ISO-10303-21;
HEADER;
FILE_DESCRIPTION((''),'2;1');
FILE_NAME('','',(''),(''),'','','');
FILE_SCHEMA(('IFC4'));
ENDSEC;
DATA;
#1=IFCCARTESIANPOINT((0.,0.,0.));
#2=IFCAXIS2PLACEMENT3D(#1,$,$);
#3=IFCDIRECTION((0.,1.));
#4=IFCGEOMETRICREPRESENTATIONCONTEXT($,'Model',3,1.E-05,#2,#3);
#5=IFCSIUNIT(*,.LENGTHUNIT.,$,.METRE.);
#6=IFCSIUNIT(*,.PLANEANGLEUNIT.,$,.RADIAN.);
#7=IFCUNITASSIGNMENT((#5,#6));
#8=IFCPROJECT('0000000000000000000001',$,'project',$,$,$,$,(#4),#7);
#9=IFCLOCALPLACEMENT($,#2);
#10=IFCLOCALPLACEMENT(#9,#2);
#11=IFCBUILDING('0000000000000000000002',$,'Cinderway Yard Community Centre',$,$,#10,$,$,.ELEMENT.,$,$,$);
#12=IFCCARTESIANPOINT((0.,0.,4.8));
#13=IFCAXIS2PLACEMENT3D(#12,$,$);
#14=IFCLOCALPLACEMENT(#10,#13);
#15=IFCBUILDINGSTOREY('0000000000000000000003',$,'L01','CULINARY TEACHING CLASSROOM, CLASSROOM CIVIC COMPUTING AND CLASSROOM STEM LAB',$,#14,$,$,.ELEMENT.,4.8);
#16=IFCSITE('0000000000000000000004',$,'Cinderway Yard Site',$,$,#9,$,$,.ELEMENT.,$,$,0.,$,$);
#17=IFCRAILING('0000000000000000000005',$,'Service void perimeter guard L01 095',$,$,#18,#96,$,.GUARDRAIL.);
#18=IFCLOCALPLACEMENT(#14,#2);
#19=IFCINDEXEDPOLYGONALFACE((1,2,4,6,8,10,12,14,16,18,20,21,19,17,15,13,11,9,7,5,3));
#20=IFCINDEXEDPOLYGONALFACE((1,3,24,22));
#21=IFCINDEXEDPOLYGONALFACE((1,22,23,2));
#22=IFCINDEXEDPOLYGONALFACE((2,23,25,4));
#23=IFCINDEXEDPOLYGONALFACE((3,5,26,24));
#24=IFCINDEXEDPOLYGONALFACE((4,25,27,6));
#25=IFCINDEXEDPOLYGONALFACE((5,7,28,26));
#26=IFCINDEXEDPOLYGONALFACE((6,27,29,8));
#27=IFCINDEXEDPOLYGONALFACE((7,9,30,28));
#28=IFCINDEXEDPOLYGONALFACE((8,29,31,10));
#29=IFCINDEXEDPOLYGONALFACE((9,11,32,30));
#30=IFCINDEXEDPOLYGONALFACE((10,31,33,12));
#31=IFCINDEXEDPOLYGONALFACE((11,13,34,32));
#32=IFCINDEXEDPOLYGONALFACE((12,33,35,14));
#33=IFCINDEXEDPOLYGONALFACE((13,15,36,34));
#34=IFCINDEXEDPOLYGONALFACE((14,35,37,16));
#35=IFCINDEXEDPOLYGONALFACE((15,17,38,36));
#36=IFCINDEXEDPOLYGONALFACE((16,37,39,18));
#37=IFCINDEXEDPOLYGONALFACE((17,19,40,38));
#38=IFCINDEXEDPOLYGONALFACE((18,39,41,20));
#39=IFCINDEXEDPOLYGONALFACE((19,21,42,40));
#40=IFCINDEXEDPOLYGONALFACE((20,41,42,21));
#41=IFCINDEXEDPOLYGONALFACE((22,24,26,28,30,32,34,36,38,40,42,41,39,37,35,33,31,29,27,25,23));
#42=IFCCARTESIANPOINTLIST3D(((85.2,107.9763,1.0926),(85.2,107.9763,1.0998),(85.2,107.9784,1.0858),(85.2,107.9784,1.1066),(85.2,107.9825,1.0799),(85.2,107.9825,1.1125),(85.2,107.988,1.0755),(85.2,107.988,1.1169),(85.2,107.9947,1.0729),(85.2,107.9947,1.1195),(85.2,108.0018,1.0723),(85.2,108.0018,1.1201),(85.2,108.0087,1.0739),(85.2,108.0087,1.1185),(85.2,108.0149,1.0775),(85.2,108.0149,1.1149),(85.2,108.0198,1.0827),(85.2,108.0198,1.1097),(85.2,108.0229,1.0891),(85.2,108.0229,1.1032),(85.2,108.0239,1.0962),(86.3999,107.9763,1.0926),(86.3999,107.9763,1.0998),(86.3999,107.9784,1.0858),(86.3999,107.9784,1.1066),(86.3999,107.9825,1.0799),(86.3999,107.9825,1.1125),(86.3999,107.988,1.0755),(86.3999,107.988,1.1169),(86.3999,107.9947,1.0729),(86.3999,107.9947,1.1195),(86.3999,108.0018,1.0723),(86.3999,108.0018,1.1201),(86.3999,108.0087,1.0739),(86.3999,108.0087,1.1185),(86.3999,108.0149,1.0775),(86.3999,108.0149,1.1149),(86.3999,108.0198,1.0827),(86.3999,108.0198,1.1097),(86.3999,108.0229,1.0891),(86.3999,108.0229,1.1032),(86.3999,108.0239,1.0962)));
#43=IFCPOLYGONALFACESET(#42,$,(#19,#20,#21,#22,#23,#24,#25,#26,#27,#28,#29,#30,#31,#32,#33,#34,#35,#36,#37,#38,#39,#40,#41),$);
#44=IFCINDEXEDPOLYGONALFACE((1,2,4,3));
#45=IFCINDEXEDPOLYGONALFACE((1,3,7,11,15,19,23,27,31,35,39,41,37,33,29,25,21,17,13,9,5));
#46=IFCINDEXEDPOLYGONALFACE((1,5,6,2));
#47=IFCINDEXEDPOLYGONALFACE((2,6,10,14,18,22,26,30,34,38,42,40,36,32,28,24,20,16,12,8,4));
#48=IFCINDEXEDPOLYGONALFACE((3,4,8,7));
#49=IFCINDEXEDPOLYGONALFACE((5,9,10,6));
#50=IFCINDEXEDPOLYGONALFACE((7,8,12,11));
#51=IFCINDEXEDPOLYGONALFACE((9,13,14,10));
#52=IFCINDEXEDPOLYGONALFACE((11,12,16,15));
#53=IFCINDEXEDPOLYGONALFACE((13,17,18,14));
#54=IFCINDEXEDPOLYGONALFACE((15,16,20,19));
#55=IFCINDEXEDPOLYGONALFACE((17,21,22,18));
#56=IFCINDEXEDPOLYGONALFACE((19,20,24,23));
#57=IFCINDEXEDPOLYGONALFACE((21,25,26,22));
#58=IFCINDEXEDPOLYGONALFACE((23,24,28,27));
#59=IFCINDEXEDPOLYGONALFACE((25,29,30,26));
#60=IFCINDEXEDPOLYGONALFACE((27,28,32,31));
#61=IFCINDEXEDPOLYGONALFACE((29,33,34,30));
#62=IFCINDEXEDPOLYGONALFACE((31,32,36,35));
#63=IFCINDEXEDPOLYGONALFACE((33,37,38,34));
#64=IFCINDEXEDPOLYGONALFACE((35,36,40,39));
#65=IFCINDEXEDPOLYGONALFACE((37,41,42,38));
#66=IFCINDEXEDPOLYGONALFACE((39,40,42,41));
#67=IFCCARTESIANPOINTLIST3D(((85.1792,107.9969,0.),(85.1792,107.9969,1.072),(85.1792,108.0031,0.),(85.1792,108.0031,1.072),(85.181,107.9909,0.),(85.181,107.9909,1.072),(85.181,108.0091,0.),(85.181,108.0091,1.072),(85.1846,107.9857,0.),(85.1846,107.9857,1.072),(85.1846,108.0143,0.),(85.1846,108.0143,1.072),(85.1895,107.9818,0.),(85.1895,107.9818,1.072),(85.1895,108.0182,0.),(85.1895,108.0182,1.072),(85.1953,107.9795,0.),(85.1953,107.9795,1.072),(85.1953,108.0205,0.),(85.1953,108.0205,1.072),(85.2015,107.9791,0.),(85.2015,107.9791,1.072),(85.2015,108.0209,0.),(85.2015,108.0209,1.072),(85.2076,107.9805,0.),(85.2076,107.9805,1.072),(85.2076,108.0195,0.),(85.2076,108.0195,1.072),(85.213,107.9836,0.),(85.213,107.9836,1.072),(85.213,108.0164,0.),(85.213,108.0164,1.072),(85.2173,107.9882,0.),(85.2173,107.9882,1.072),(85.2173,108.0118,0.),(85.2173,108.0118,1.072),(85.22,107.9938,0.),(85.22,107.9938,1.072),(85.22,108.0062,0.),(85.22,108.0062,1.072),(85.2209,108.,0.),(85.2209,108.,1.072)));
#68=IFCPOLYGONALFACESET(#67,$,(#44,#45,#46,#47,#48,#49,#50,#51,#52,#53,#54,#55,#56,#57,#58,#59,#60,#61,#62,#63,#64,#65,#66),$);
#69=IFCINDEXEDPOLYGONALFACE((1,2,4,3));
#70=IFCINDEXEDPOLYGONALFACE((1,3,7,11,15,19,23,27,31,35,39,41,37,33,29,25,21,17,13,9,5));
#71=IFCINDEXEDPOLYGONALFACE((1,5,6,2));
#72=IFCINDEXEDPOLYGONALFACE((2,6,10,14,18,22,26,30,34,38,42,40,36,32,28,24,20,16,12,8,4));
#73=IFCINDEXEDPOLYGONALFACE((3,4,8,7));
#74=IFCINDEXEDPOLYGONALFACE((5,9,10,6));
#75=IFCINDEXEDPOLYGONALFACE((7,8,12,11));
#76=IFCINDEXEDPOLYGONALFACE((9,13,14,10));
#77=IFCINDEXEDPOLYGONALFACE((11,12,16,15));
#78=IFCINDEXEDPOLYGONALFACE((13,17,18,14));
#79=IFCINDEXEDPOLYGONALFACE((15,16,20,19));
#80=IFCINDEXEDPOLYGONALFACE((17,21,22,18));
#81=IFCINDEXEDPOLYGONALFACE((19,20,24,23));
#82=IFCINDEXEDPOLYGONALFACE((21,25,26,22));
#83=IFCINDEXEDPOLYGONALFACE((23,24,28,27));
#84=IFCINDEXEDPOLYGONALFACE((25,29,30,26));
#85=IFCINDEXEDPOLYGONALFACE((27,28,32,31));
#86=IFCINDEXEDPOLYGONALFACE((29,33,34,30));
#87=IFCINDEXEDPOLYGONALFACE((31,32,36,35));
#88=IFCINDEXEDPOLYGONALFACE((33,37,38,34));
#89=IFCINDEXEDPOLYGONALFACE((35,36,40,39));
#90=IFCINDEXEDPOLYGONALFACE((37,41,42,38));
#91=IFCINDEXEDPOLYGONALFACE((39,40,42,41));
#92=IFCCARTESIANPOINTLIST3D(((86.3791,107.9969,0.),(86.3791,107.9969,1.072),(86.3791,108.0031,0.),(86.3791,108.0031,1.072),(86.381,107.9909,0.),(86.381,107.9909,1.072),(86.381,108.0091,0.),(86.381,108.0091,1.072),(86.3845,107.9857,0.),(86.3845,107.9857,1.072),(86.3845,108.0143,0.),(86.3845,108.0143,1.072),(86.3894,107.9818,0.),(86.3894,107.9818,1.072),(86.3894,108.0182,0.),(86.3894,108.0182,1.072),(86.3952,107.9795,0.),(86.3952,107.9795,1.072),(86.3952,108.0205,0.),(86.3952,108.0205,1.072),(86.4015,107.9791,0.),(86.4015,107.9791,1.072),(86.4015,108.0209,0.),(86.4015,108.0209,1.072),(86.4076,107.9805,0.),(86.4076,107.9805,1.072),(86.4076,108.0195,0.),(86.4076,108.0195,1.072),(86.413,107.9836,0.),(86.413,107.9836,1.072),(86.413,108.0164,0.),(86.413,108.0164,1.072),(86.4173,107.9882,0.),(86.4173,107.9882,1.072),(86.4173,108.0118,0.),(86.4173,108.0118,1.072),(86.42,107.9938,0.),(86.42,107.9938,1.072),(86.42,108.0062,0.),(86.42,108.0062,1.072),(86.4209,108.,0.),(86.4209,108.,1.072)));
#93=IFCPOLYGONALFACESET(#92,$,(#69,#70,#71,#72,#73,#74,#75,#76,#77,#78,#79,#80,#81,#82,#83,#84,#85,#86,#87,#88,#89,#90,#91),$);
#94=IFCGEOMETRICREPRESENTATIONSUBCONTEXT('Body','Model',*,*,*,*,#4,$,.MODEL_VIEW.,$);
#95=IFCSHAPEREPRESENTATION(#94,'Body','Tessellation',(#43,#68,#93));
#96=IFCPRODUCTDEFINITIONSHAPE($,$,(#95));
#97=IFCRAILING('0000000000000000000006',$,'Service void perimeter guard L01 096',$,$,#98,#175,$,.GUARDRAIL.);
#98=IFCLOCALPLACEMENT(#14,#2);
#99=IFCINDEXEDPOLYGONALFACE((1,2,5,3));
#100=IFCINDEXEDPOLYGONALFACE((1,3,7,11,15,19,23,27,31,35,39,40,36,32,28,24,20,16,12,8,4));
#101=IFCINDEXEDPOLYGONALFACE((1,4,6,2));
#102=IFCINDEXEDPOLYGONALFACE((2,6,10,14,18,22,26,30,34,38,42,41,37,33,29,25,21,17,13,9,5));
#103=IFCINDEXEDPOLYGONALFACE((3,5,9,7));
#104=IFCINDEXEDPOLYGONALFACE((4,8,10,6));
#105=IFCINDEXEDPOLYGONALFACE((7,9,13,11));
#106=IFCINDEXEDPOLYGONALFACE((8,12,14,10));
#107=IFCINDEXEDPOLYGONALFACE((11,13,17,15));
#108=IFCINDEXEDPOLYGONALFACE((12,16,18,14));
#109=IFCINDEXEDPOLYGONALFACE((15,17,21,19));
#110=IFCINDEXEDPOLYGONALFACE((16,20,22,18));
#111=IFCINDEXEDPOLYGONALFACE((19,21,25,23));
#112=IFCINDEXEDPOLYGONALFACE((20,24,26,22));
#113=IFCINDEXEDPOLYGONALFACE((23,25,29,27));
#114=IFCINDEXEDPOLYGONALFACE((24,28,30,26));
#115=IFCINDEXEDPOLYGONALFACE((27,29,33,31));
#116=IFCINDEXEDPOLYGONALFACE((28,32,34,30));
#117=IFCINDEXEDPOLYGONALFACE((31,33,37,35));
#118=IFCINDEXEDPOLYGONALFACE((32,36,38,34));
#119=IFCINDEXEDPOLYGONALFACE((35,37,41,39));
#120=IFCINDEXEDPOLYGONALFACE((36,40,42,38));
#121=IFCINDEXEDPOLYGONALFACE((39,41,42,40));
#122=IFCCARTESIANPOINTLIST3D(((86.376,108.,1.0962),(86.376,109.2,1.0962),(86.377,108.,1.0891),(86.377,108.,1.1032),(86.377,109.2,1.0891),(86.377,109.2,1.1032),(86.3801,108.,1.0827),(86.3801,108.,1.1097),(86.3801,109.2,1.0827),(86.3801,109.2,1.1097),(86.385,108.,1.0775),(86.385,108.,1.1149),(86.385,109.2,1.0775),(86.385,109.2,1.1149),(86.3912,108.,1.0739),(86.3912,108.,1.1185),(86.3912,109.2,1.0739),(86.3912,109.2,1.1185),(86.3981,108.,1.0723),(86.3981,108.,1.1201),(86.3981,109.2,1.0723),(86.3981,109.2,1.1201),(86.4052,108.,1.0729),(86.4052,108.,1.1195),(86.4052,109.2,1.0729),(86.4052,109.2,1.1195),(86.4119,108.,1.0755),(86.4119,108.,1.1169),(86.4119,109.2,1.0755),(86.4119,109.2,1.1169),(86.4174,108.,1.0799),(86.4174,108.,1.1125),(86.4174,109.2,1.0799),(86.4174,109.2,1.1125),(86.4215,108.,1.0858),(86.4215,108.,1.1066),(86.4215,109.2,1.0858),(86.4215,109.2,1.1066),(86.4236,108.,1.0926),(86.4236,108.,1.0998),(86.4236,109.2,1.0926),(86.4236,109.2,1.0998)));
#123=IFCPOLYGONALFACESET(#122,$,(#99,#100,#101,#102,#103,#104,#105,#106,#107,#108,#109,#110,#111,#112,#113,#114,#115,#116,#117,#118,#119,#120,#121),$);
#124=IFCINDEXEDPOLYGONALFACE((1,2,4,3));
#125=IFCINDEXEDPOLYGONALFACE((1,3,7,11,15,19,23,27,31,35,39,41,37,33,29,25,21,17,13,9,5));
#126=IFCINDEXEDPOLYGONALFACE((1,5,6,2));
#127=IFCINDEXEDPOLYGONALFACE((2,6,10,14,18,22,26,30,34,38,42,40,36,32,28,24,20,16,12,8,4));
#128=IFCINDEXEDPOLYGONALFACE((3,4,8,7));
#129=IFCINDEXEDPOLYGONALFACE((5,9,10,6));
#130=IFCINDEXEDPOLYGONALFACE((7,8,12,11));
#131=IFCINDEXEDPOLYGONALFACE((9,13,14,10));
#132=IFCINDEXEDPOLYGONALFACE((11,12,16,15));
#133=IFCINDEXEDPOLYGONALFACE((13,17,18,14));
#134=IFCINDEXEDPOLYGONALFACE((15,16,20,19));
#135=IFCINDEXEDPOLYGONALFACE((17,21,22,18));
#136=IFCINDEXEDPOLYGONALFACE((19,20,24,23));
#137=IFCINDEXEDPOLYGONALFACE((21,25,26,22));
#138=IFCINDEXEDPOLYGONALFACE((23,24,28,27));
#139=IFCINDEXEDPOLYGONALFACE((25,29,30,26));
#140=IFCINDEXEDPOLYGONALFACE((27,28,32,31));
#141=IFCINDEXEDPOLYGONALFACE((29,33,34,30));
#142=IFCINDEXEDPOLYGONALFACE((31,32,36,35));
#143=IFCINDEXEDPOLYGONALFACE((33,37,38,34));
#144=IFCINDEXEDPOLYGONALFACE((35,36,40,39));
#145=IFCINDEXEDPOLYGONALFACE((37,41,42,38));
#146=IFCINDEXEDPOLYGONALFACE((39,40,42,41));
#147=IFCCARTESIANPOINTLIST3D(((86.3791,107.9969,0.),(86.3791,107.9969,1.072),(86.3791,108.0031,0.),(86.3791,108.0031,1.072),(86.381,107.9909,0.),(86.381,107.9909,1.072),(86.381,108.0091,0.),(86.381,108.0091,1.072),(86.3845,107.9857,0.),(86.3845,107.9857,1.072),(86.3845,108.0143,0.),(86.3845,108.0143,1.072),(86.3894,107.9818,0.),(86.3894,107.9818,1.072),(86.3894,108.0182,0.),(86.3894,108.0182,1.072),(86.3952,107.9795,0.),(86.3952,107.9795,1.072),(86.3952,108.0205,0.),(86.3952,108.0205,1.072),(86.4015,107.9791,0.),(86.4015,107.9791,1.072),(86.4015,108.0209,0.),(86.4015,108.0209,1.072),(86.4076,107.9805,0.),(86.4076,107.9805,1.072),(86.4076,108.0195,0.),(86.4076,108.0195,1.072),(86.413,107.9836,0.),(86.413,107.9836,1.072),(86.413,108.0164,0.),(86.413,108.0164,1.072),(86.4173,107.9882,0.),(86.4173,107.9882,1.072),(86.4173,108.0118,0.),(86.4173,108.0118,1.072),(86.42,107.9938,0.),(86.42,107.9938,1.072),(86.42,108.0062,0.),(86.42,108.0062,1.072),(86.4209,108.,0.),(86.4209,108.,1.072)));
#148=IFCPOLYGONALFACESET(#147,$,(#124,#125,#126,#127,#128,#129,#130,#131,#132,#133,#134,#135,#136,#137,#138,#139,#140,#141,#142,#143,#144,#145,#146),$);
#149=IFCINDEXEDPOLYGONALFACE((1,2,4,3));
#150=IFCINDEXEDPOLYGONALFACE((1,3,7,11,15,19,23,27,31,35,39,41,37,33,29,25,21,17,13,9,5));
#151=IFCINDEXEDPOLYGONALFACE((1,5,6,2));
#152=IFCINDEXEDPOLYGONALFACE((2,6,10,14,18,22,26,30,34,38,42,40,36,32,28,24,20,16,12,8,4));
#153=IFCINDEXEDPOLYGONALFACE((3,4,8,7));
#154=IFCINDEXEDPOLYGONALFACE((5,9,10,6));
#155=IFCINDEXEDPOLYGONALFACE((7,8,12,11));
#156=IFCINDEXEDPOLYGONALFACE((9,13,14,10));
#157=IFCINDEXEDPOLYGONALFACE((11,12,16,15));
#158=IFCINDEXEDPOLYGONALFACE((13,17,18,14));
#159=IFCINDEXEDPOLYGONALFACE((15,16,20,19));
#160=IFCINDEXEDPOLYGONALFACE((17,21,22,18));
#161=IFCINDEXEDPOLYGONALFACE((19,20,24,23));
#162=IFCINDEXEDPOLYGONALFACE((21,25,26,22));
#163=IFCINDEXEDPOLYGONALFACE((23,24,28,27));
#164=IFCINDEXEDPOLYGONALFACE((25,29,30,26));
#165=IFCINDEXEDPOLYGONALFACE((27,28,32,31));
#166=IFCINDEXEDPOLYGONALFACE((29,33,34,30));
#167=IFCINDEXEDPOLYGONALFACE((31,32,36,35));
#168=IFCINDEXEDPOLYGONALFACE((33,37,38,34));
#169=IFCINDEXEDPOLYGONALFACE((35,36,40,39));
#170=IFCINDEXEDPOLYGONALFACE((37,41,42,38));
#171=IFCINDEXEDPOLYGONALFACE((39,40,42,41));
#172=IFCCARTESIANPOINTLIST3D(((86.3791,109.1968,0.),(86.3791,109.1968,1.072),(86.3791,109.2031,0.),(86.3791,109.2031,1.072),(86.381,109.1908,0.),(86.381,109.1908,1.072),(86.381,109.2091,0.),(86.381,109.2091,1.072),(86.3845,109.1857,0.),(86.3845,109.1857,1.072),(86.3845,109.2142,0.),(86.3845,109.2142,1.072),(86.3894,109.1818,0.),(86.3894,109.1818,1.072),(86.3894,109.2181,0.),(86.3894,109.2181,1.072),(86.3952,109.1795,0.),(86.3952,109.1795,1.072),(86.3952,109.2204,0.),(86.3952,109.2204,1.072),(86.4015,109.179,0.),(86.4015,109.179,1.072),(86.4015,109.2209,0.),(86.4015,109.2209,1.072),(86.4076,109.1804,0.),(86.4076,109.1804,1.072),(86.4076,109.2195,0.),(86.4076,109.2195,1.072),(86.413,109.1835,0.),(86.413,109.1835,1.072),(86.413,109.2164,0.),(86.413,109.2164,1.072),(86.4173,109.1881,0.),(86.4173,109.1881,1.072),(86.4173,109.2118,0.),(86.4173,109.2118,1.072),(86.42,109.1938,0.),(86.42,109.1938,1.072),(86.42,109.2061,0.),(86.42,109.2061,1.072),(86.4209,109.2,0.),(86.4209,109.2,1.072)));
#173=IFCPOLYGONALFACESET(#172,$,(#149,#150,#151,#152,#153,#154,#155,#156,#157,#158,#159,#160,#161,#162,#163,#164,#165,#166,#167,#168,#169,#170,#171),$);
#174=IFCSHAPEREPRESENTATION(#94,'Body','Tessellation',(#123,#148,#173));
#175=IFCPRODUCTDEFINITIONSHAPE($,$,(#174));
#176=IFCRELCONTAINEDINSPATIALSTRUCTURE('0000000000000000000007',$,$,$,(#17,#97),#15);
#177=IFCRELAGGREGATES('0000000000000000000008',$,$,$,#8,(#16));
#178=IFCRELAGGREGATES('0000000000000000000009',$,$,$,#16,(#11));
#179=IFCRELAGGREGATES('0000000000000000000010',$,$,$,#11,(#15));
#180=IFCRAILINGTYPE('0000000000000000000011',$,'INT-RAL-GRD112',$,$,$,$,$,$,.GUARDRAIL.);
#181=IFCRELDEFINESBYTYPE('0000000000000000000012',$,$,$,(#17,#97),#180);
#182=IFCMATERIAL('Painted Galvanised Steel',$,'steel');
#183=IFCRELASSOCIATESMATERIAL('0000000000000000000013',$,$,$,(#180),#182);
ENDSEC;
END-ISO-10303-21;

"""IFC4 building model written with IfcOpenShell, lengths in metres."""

from ifc_helpers import new_model, si_unit, direction, frame, origin, origin_2d, place, context, subcontext, project, spatial, circle, extrude, material, type_object, element, save


model = new_model("IFC4")

# Units and contexts
model_context = context("Model", 3, precision=1e-05, world=origin(), true_north=direction((0.0, 1.0)))
body_context = subcontext(model_context, "Body", "Model", "MODEL_VIEW")
ifc_project = project(units=[si_unit("LENGTHUNIT", "METRE"), si_unit("PLANEANGLEUNIT", "RADIAN")], contexts=[model_context])

# Site, building, storey
site_placement = place(None, origin())
site = spatial("IfcSite", under=ifc_project, at=site_placement, Name="Cinderway Yard Site", CompositionType="ELEMENT", RefElevation=0.0)
building_placement = place(site_placement, origin())
building = spatial("IfcBuilding", under=site, at=building_placement, Name="Cinderway Yard Community Centre", CompositionType="ELEMENT")
storey_placement = place(building_placement, frame((0.0, 0.0, 4.8)))
storey = spatial("IfcBuildingStorey", under=building, at=storey_placement, Name="L01", Description="CULINARY TEACHING CLASSROOM, CLASSROOM CIVIC COMPUTING AND CLASSROOM STEM LAB", CompositionType="ELEMENT", Elevation=4.8)

# Shared definitions
ifc_material_1 = material(Name="Painted Galvanised Steel", Category="steel")

# Railings
railing_type_1 = type_object("IfcRailingType", Name="INT-RAL-GRD112", PredefinedType="GUARDRAIL", material=ifc_material_1)
railing_1_placement = place(storey_placement, frame((85.2, 108.0, 0.0)))
element("IfcRailing", 1, at=railing_1_placement, inside=storey, type_object=railing_type_1, Name="Service void perimeter guard L01 095", PredefinedType="GUARDRAIL", context=body_context, shape_type="SweptSolid", body=[
    extrude(circle(Radius=0.0239, at=origin_2d()), frame((0.0, 0.0, 1.0962), z_axis=(1.0, 0.0, 0.0), x_axis=(0.0, 1.0, 0.0)), (0.0, 0.0, 1.0), 1.2),
    extrude(circle(Radius=0.021, at=origin_2d()), origin(), (0.0, 0.0, 1.0), 1.072),
    extrude(circle(Radius=0.021, at=origin_2d()), frame((1.2, 0.0, 0.0)), (0.0, 0.0, 1.0), 1.072),
])
railing_2_placement = place(storey_placement, frame((86.3999, 108.0, 0.0)))
element("IfcRailing", 2, at=railing_2_placement, inside=storey, type_object=railing_type_1, Name="Service void perimeter guard L01 096", PredefinedType="GUARDRAIL", context=body_context, shape_type="SweptSolid", body=[
    extrude(circle(Radius=0.0239, at=origin_2d()), frame((0.0, 0.0, 1.0962), z_axis=(0.0, 1.0, 0.0), x_axis=(-1.0, 0.0, 0.0)), (0.0, 0.0, 1.0), 1.2),
    extrude(circle(Radius=0.021, at=origin_2d()), origin(), (0.0, 0.0, 1.0), 1.072),
    extrude(circle(Radius=0.021, at=origin_2d()), frame((0.0, 1.2, 0.0)), (0.0, 0.0, 1.0), 1.072),
])

save(model, "model.ifc")
